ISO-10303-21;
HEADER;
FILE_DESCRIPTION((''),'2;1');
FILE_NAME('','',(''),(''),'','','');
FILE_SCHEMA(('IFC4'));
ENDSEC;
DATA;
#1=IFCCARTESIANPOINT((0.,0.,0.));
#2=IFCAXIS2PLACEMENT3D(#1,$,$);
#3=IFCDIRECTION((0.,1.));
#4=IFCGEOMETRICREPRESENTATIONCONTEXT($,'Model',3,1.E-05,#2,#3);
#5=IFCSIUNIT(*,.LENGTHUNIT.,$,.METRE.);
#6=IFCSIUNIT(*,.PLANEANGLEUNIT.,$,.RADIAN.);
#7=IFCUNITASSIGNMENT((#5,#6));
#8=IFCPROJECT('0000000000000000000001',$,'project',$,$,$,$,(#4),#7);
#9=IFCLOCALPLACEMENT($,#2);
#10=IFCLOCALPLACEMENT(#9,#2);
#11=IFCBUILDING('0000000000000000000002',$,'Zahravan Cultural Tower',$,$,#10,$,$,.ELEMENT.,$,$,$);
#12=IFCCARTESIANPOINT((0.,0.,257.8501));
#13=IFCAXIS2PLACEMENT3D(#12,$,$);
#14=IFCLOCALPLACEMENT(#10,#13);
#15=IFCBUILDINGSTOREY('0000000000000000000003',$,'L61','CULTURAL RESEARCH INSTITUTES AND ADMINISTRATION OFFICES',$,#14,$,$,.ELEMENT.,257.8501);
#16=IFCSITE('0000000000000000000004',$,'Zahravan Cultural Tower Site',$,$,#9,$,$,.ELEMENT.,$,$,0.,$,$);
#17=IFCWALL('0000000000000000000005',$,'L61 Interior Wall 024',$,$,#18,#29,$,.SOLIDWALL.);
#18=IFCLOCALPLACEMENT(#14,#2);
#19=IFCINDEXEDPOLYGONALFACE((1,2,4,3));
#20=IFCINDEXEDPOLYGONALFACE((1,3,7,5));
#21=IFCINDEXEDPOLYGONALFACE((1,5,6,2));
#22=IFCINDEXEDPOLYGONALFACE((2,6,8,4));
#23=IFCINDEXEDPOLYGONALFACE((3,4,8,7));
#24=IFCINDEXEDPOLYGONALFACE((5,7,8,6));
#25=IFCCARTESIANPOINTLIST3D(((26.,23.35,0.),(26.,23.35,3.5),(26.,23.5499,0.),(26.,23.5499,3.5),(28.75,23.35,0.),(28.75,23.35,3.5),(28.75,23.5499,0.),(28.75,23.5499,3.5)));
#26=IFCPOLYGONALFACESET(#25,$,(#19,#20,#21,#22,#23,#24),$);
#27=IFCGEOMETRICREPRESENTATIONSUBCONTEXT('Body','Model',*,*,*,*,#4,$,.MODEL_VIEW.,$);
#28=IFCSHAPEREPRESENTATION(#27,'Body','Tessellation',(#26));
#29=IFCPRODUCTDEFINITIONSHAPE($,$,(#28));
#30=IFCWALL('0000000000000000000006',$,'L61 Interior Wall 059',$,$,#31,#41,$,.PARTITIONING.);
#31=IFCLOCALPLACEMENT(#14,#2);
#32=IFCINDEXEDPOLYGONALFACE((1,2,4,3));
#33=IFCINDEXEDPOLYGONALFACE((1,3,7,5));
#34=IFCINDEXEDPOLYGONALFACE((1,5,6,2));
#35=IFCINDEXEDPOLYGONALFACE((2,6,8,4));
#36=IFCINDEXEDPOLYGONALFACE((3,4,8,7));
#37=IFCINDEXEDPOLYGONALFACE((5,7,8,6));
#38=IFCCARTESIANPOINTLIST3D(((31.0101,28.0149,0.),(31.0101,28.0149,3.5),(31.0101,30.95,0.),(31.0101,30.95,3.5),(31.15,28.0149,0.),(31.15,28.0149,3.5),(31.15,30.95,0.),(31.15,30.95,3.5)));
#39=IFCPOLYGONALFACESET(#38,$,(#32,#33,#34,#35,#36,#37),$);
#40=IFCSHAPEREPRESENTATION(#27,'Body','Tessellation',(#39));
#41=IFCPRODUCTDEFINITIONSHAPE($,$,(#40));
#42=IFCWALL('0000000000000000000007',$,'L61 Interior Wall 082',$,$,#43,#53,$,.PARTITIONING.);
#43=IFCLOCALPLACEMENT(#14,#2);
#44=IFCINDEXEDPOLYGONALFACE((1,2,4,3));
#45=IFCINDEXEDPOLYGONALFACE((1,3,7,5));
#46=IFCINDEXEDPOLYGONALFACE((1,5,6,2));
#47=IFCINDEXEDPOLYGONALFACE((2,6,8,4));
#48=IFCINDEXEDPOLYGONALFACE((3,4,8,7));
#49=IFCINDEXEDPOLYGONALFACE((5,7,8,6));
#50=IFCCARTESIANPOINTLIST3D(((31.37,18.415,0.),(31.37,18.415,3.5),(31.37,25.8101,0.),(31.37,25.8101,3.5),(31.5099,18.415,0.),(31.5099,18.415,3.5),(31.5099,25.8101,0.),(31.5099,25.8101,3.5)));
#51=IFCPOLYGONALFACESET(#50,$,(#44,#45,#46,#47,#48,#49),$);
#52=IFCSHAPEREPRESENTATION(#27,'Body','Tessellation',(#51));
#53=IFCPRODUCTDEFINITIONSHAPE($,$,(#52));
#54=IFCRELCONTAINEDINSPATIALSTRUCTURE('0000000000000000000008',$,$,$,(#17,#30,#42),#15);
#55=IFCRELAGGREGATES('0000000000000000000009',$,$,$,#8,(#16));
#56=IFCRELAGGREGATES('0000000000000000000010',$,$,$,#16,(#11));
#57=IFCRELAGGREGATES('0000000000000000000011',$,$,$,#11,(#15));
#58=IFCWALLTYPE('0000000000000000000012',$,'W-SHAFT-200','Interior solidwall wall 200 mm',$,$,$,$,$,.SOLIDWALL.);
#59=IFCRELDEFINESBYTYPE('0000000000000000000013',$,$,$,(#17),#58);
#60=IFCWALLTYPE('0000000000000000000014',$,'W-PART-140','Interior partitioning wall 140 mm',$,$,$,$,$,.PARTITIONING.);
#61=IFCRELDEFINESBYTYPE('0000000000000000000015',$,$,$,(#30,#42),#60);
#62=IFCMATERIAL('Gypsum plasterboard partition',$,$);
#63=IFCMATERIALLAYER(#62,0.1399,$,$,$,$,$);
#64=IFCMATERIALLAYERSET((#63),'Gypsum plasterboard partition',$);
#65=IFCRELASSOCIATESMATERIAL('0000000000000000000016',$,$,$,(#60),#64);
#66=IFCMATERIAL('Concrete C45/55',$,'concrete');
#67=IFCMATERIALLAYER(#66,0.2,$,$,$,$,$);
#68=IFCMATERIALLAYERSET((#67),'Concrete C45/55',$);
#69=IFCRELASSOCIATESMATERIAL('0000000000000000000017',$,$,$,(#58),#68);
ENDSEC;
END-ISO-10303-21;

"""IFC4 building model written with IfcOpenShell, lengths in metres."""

from ifc_helpers import new_model, si_unit, direction, frame, frame_2d, origin, place, context, subcontext, project, spatial, rectangle, extrude, source, transform, mapped, material, layer, layer_set, type_object, element, save


model = new_model("IFC4")

# Units and contexts
model_context = context("Model", 3, precision=1e-05, world=origin(), true_north=direction((0.0, 1.0)))
body_context = subcontext(model_context, "Body", "Model", "MODEL_VIEW")
ifc_project = project(units=[si_unit("LENGTHUNIT", "METRE"), si_unit("PLANEANGLEUNIT", "RADIAN")], contexts=[model_context])

# Site, building, storey
site_placement = place(None, origin())
site = spatial("IfcSite", under=ifc_project, at=site_placement, Name="Zahravan Cultural Tower Site", CompositionType="ELEMENT", RefElevation=0.0)
building_placement = place(site_placement, origin())
building = spatial("IfcBuilding", under=site, at=building_placement, Name="Zahravan Cultural Tower", CompositionType="ELEMENT")
storey_placement = place(building_placement, frame((0.0, 0.0, 257.8501)))
storey = spatial("IfcBuildingStorey", under=building, at=storey_placement, Name="L61", Description="CULTURAL RESEARCH INSTITUTES AND ADMINISTRATION OFFICES", CompositionType="ELEMENT", Elevation=257.8501)

# Shared definitions
ifc_material_1 = material(Name="Gypsum plasterboard partition")
ifc_layer_1 = layer(ifc_material_1, 0.1399)
ifc_layer_set_1 = layer_set([ifc_layer_1], Name="Gypsum plasterboard partition")
wall_type_1 = type_object("IfcWallType", Name="W-PART-140", Description="Interior partitioning wall 140 mm", PredefinedType="PARTITIONING", material=ifc_layer_set_1)

# Shared definitions
ifc_material_2 = material(Name="Concrete C45/55", Category="concrete")
ifc_layer_2 = layer(ifc_material_2, 0.2)
ifc_layer_set_2 = layer_set([ifc_layer_2], Name="Concrete C45/55")
wall_type_2 = type_object("IfcWallType", Name="W-SHAFT-200", Description="Interior solidwall wall 200 mm", PredefinedType="SOLIDWALL", material=ifc_layer_set_2)

# Walls
shared_shape_1 = source(origin(), body_context, "Body", "SweptSolid", [
    extrude(rectangle(XDim=2.75, YDim=0.2, at=frame_2d((1.375, 0.0))), origin(), (0.0, 0.0, 1.0), 3.5),
])
wall_1_placement = place(storey_placement, frame((26.0, 23.45, 0.0), z_axis=(0.0, 0.0, 1.0), x_axis=(1.0, 0.0, 0.0)))
element("IfcWall", 1, at=wall_1_placement, inside=storey, type_object=wall_type_2, Name="L61 Interior Wall 024", PredefinedType="SOLIDWALL", context=body_context, shape_type="MappedRepresentation", body=[
    mapped(shared_shape_1, transform((0.0, 0.0, 0.0), x_axis=(1.0, 0.0, 0.0), y_axis=(0.0, 1.0, 0.0), z_axis=(0.0, 0.0, 1.0), scale=1.0)),
])
shared_shape_2 = source(origin(), body_context, "Body", "SweptSolid", [
    extrude(rectangle(XDim=2.9351, YDim=0.1399, at=frame_2d((1.4675, 0.0))), origin(), (0.0, 0.0, 1.0), 3.5),
])
wall_2_placement = place(storey_placement, frame((31.0801, 28.0149, 0.0), z_axis=(0.0, 0.0, 1.0), x_axis=(0.0, 1.0, 0.0)))
element("IfcWall", 2, at=wall_2_placement, inside=storey, type_object=wall_type_1, Name="L61 Interior Wall 059", PredefinedType="PARTITIONING", context=body_context, shape_type="MappedRepresentation", body=[
    mapped(shared_shape_2, transform((0.0, 0.0, 0.0), x_axis=(1.0, 0.0, 0.0), y_axis=(0.0, 1.0, 0.0), z_axis=(0.0, 0.0, 1.0), scale=1.0)),
])
shared_shape_3 = source(origin(), body_context, "Body", "SweptSolid", [
    extrude(rectangle(XDim=7.395, YDim=0.1399, at=frame_2d((3.6975, 0.0))), origin(), (0.0, 0.0, 1.0), 3.5),
])
wall_3_placement = place(storey_placement, frame((31.4399, 18.415, 0.0), z_axis=(0.0, 0.0, 1.0), x_axis=(0.0, 1.0, 0.0)))
element("IfcWall", 3, at=wall_3_placement, inside=storey, type_object=wall_type_1, Name="L61 Interior Wall 082", PredefinedType="PARTITIONING", context=body_context, shape_type="MappedRepresentation", body=[
    mapped(shared_shape_3, transform((0.0, 0.0, 0.0), x_axis=(1.0, 0.0, 0.0), y_axis=(0.0, 1.0, 0.0), z_axis=(0.0, 0.0, 1.0), scale=1.0)),
])

save(model, "model.ifc")
